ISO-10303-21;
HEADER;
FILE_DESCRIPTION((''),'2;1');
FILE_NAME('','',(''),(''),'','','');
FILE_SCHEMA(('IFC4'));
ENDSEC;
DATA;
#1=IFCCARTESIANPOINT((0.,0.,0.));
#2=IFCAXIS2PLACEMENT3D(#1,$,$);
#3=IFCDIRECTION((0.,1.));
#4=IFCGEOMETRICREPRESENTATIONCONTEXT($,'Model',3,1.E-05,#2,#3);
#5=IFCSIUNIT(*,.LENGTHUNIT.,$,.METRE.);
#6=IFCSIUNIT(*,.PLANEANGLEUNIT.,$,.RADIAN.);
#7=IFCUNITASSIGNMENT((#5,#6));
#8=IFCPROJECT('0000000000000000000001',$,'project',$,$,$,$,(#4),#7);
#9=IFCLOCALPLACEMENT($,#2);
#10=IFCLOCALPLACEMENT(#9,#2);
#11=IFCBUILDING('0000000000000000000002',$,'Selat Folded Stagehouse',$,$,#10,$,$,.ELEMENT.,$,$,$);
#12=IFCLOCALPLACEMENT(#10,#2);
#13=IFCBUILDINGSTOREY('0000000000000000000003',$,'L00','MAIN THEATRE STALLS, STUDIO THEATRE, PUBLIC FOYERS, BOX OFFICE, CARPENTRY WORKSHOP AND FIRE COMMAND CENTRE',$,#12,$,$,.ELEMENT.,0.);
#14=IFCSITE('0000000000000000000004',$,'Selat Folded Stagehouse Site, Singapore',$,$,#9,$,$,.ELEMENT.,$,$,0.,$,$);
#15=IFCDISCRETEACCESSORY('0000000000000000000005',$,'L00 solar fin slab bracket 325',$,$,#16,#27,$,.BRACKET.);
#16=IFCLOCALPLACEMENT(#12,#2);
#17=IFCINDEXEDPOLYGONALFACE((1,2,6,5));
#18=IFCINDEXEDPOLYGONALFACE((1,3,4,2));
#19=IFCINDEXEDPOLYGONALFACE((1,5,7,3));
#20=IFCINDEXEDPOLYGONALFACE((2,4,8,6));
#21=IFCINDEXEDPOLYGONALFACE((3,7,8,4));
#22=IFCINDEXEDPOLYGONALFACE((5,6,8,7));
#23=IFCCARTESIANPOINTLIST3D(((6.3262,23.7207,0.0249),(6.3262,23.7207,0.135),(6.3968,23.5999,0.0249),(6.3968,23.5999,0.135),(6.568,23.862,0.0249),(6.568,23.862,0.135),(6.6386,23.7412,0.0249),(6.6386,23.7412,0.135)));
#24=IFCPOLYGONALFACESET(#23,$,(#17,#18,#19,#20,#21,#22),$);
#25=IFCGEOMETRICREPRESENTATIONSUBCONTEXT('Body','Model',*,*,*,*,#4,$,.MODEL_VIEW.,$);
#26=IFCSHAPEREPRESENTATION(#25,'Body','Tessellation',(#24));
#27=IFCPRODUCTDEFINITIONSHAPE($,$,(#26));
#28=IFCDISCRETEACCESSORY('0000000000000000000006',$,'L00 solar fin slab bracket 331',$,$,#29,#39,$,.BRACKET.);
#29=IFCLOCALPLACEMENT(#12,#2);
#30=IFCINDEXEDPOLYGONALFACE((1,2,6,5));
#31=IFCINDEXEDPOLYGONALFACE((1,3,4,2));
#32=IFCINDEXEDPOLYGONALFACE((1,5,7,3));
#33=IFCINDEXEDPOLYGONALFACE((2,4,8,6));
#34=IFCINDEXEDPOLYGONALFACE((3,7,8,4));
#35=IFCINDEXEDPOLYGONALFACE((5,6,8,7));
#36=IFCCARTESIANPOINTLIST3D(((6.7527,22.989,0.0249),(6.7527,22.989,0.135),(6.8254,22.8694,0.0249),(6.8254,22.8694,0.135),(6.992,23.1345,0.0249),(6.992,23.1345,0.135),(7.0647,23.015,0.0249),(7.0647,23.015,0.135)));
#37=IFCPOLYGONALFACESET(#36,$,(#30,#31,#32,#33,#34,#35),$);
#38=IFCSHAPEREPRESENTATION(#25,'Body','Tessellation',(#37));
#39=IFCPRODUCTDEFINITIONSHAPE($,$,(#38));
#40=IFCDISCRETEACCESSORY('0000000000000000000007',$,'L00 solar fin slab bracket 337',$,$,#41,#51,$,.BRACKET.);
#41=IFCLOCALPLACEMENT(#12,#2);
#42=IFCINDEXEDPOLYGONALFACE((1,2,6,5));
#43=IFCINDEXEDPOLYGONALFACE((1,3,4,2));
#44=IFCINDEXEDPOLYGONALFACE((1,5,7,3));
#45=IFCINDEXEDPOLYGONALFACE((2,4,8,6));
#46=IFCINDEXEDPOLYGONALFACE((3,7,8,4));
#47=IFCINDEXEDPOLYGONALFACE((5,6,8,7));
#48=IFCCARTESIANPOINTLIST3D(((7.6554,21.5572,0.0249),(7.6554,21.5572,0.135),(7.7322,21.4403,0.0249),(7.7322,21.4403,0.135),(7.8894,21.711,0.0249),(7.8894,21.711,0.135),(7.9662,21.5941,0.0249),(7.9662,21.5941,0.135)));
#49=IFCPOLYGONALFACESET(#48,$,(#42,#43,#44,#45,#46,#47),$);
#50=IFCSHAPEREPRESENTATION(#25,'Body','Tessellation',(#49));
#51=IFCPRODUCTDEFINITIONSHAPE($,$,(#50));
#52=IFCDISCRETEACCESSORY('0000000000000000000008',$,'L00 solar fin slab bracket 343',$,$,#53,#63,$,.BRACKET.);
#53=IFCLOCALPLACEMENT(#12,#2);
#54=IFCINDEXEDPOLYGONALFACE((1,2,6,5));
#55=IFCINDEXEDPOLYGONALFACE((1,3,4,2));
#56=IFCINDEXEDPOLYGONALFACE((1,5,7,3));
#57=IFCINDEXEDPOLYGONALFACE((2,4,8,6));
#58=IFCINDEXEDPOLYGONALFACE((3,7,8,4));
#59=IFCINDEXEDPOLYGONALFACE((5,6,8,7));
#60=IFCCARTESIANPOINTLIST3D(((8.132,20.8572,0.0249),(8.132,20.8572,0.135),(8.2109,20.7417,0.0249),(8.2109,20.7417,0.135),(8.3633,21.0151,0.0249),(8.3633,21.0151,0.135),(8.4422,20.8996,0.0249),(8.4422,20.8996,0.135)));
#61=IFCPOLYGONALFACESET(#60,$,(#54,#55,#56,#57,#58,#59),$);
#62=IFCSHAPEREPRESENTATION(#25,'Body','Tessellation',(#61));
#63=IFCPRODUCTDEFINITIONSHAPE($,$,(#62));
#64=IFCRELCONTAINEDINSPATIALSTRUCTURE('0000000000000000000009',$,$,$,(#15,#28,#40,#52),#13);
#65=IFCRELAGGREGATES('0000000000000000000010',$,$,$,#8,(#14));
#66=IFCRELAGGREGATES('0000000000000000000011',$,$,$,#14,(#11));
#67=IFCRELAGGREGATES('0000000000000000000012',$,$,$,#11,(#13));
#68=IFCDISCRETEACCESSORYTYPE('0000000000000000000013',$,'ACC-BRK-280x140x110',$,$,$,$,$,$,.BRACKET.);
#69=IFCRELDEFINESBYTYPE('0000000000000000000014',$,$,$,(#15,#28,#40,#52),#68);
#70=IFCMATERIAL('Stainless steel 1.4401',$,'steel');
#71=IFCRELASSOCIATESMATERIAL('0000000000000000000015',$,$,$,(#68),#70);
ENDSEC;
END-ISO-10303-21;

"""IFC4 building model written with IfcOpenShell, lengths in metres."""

from ifc_helpers import new_model, si_unit, direction, frame, origin, origin_2d, place, context, subcontext, project, spatial, rectangle, extrude, material, type_object, element, save


model = new_model("IFC4")

# Units and contexts
model_context = context("Model", 3, precision=1e-05, world=origin(), true_north=direction((0.0, 1.0)))
body_context = subcontext(model_context, "Body", "Model", "MODEL_VIEW")
ifc_project = project(units=[si_unit("LENGTHUNIT", "METRE"), si_unit("PLANEANGLEUNIT", "RADIAN")], contexts=[model_context])

# Site, building, storey
site_placement = place(None, origin())
site = spatial("IfcSite", under=ifc_project, at=site_placement, Name="Selat Folded Stagehouse Site, Singapore", CompositionType="ELEMENT", RefElevation=0.0)
building_placement = place(site_placement, origin())
building = spatial("IfcBuilding", under=site, at=building_placement, Name="Selat Folded Stagehouse", CompositionType="ELEMENT")
storey_placement = place(building_placement, origin())
storey = spatial("IfcBuildingStorey", under=building, at=storey_placement, Name="L00", Description="MAIN THEATRE STALLS, STUDIO THEATRE, PUBLIC FOYERS, BOX OFFICE, CARPENTRY WORKSHOP AND FIRE COMMAND CENTRE", CompositionType="ELEMENT", Elevation=0.0)

# Discrete accessories
ifc_material_1 = material(Name="Stainless steel 1.4401", Category="steel")
discrete_accessory_type = type_object("IfcDiscreteAccessoryType", Name="ACC-BRK-280x140x110", PredefinedType="BRACKET", material=ifc_material_1)
for number, where, z_axis, x_axis, name in (
    (1, (6.4824, 23.731, 0.0249), (0.0, 0.0, 1.0), (-0.863307, -0.504678, 0.0), "L00 solar fin slab bracket 325"),
    (2, (6.9087, 23.002, 0.0249), (0.0, 0.0, 1.0), (-0.854368, -0.519668, 0.0), "L00 solar fin slab bracket 331"),
    (3, (7.8108, 21.5757, 0.0249), (0.0, 0.0, 1.0), (-0.835616, -0.549315, 0.0), "L00 solar fin slab bracket 337"),
    (4, (8.2871, 20.8784, 0.0249), (0.0, 0.0, 1.0), (-0.825803, -0.563959, 0.0), "L00 solar fin slab bracket 343"),
):
    element("IfcDiscreteAccessory", number, at=place(storey_placement, frame(where, z_axis=z_axis, x_axis=x_axis)), inside=storey, type_object=discrete_accessory_type, Name=name, PredefinedType="BRACKET", context=body_context, shape_type="SweptSolid", body=[
        extrude(rectangle(XDim=0.28, YDim=0.1399, at=origin_2d()), origin(), (0.0, 0.0, 1.0), 0.1101),
    ])

save(model, "model.ifc")
